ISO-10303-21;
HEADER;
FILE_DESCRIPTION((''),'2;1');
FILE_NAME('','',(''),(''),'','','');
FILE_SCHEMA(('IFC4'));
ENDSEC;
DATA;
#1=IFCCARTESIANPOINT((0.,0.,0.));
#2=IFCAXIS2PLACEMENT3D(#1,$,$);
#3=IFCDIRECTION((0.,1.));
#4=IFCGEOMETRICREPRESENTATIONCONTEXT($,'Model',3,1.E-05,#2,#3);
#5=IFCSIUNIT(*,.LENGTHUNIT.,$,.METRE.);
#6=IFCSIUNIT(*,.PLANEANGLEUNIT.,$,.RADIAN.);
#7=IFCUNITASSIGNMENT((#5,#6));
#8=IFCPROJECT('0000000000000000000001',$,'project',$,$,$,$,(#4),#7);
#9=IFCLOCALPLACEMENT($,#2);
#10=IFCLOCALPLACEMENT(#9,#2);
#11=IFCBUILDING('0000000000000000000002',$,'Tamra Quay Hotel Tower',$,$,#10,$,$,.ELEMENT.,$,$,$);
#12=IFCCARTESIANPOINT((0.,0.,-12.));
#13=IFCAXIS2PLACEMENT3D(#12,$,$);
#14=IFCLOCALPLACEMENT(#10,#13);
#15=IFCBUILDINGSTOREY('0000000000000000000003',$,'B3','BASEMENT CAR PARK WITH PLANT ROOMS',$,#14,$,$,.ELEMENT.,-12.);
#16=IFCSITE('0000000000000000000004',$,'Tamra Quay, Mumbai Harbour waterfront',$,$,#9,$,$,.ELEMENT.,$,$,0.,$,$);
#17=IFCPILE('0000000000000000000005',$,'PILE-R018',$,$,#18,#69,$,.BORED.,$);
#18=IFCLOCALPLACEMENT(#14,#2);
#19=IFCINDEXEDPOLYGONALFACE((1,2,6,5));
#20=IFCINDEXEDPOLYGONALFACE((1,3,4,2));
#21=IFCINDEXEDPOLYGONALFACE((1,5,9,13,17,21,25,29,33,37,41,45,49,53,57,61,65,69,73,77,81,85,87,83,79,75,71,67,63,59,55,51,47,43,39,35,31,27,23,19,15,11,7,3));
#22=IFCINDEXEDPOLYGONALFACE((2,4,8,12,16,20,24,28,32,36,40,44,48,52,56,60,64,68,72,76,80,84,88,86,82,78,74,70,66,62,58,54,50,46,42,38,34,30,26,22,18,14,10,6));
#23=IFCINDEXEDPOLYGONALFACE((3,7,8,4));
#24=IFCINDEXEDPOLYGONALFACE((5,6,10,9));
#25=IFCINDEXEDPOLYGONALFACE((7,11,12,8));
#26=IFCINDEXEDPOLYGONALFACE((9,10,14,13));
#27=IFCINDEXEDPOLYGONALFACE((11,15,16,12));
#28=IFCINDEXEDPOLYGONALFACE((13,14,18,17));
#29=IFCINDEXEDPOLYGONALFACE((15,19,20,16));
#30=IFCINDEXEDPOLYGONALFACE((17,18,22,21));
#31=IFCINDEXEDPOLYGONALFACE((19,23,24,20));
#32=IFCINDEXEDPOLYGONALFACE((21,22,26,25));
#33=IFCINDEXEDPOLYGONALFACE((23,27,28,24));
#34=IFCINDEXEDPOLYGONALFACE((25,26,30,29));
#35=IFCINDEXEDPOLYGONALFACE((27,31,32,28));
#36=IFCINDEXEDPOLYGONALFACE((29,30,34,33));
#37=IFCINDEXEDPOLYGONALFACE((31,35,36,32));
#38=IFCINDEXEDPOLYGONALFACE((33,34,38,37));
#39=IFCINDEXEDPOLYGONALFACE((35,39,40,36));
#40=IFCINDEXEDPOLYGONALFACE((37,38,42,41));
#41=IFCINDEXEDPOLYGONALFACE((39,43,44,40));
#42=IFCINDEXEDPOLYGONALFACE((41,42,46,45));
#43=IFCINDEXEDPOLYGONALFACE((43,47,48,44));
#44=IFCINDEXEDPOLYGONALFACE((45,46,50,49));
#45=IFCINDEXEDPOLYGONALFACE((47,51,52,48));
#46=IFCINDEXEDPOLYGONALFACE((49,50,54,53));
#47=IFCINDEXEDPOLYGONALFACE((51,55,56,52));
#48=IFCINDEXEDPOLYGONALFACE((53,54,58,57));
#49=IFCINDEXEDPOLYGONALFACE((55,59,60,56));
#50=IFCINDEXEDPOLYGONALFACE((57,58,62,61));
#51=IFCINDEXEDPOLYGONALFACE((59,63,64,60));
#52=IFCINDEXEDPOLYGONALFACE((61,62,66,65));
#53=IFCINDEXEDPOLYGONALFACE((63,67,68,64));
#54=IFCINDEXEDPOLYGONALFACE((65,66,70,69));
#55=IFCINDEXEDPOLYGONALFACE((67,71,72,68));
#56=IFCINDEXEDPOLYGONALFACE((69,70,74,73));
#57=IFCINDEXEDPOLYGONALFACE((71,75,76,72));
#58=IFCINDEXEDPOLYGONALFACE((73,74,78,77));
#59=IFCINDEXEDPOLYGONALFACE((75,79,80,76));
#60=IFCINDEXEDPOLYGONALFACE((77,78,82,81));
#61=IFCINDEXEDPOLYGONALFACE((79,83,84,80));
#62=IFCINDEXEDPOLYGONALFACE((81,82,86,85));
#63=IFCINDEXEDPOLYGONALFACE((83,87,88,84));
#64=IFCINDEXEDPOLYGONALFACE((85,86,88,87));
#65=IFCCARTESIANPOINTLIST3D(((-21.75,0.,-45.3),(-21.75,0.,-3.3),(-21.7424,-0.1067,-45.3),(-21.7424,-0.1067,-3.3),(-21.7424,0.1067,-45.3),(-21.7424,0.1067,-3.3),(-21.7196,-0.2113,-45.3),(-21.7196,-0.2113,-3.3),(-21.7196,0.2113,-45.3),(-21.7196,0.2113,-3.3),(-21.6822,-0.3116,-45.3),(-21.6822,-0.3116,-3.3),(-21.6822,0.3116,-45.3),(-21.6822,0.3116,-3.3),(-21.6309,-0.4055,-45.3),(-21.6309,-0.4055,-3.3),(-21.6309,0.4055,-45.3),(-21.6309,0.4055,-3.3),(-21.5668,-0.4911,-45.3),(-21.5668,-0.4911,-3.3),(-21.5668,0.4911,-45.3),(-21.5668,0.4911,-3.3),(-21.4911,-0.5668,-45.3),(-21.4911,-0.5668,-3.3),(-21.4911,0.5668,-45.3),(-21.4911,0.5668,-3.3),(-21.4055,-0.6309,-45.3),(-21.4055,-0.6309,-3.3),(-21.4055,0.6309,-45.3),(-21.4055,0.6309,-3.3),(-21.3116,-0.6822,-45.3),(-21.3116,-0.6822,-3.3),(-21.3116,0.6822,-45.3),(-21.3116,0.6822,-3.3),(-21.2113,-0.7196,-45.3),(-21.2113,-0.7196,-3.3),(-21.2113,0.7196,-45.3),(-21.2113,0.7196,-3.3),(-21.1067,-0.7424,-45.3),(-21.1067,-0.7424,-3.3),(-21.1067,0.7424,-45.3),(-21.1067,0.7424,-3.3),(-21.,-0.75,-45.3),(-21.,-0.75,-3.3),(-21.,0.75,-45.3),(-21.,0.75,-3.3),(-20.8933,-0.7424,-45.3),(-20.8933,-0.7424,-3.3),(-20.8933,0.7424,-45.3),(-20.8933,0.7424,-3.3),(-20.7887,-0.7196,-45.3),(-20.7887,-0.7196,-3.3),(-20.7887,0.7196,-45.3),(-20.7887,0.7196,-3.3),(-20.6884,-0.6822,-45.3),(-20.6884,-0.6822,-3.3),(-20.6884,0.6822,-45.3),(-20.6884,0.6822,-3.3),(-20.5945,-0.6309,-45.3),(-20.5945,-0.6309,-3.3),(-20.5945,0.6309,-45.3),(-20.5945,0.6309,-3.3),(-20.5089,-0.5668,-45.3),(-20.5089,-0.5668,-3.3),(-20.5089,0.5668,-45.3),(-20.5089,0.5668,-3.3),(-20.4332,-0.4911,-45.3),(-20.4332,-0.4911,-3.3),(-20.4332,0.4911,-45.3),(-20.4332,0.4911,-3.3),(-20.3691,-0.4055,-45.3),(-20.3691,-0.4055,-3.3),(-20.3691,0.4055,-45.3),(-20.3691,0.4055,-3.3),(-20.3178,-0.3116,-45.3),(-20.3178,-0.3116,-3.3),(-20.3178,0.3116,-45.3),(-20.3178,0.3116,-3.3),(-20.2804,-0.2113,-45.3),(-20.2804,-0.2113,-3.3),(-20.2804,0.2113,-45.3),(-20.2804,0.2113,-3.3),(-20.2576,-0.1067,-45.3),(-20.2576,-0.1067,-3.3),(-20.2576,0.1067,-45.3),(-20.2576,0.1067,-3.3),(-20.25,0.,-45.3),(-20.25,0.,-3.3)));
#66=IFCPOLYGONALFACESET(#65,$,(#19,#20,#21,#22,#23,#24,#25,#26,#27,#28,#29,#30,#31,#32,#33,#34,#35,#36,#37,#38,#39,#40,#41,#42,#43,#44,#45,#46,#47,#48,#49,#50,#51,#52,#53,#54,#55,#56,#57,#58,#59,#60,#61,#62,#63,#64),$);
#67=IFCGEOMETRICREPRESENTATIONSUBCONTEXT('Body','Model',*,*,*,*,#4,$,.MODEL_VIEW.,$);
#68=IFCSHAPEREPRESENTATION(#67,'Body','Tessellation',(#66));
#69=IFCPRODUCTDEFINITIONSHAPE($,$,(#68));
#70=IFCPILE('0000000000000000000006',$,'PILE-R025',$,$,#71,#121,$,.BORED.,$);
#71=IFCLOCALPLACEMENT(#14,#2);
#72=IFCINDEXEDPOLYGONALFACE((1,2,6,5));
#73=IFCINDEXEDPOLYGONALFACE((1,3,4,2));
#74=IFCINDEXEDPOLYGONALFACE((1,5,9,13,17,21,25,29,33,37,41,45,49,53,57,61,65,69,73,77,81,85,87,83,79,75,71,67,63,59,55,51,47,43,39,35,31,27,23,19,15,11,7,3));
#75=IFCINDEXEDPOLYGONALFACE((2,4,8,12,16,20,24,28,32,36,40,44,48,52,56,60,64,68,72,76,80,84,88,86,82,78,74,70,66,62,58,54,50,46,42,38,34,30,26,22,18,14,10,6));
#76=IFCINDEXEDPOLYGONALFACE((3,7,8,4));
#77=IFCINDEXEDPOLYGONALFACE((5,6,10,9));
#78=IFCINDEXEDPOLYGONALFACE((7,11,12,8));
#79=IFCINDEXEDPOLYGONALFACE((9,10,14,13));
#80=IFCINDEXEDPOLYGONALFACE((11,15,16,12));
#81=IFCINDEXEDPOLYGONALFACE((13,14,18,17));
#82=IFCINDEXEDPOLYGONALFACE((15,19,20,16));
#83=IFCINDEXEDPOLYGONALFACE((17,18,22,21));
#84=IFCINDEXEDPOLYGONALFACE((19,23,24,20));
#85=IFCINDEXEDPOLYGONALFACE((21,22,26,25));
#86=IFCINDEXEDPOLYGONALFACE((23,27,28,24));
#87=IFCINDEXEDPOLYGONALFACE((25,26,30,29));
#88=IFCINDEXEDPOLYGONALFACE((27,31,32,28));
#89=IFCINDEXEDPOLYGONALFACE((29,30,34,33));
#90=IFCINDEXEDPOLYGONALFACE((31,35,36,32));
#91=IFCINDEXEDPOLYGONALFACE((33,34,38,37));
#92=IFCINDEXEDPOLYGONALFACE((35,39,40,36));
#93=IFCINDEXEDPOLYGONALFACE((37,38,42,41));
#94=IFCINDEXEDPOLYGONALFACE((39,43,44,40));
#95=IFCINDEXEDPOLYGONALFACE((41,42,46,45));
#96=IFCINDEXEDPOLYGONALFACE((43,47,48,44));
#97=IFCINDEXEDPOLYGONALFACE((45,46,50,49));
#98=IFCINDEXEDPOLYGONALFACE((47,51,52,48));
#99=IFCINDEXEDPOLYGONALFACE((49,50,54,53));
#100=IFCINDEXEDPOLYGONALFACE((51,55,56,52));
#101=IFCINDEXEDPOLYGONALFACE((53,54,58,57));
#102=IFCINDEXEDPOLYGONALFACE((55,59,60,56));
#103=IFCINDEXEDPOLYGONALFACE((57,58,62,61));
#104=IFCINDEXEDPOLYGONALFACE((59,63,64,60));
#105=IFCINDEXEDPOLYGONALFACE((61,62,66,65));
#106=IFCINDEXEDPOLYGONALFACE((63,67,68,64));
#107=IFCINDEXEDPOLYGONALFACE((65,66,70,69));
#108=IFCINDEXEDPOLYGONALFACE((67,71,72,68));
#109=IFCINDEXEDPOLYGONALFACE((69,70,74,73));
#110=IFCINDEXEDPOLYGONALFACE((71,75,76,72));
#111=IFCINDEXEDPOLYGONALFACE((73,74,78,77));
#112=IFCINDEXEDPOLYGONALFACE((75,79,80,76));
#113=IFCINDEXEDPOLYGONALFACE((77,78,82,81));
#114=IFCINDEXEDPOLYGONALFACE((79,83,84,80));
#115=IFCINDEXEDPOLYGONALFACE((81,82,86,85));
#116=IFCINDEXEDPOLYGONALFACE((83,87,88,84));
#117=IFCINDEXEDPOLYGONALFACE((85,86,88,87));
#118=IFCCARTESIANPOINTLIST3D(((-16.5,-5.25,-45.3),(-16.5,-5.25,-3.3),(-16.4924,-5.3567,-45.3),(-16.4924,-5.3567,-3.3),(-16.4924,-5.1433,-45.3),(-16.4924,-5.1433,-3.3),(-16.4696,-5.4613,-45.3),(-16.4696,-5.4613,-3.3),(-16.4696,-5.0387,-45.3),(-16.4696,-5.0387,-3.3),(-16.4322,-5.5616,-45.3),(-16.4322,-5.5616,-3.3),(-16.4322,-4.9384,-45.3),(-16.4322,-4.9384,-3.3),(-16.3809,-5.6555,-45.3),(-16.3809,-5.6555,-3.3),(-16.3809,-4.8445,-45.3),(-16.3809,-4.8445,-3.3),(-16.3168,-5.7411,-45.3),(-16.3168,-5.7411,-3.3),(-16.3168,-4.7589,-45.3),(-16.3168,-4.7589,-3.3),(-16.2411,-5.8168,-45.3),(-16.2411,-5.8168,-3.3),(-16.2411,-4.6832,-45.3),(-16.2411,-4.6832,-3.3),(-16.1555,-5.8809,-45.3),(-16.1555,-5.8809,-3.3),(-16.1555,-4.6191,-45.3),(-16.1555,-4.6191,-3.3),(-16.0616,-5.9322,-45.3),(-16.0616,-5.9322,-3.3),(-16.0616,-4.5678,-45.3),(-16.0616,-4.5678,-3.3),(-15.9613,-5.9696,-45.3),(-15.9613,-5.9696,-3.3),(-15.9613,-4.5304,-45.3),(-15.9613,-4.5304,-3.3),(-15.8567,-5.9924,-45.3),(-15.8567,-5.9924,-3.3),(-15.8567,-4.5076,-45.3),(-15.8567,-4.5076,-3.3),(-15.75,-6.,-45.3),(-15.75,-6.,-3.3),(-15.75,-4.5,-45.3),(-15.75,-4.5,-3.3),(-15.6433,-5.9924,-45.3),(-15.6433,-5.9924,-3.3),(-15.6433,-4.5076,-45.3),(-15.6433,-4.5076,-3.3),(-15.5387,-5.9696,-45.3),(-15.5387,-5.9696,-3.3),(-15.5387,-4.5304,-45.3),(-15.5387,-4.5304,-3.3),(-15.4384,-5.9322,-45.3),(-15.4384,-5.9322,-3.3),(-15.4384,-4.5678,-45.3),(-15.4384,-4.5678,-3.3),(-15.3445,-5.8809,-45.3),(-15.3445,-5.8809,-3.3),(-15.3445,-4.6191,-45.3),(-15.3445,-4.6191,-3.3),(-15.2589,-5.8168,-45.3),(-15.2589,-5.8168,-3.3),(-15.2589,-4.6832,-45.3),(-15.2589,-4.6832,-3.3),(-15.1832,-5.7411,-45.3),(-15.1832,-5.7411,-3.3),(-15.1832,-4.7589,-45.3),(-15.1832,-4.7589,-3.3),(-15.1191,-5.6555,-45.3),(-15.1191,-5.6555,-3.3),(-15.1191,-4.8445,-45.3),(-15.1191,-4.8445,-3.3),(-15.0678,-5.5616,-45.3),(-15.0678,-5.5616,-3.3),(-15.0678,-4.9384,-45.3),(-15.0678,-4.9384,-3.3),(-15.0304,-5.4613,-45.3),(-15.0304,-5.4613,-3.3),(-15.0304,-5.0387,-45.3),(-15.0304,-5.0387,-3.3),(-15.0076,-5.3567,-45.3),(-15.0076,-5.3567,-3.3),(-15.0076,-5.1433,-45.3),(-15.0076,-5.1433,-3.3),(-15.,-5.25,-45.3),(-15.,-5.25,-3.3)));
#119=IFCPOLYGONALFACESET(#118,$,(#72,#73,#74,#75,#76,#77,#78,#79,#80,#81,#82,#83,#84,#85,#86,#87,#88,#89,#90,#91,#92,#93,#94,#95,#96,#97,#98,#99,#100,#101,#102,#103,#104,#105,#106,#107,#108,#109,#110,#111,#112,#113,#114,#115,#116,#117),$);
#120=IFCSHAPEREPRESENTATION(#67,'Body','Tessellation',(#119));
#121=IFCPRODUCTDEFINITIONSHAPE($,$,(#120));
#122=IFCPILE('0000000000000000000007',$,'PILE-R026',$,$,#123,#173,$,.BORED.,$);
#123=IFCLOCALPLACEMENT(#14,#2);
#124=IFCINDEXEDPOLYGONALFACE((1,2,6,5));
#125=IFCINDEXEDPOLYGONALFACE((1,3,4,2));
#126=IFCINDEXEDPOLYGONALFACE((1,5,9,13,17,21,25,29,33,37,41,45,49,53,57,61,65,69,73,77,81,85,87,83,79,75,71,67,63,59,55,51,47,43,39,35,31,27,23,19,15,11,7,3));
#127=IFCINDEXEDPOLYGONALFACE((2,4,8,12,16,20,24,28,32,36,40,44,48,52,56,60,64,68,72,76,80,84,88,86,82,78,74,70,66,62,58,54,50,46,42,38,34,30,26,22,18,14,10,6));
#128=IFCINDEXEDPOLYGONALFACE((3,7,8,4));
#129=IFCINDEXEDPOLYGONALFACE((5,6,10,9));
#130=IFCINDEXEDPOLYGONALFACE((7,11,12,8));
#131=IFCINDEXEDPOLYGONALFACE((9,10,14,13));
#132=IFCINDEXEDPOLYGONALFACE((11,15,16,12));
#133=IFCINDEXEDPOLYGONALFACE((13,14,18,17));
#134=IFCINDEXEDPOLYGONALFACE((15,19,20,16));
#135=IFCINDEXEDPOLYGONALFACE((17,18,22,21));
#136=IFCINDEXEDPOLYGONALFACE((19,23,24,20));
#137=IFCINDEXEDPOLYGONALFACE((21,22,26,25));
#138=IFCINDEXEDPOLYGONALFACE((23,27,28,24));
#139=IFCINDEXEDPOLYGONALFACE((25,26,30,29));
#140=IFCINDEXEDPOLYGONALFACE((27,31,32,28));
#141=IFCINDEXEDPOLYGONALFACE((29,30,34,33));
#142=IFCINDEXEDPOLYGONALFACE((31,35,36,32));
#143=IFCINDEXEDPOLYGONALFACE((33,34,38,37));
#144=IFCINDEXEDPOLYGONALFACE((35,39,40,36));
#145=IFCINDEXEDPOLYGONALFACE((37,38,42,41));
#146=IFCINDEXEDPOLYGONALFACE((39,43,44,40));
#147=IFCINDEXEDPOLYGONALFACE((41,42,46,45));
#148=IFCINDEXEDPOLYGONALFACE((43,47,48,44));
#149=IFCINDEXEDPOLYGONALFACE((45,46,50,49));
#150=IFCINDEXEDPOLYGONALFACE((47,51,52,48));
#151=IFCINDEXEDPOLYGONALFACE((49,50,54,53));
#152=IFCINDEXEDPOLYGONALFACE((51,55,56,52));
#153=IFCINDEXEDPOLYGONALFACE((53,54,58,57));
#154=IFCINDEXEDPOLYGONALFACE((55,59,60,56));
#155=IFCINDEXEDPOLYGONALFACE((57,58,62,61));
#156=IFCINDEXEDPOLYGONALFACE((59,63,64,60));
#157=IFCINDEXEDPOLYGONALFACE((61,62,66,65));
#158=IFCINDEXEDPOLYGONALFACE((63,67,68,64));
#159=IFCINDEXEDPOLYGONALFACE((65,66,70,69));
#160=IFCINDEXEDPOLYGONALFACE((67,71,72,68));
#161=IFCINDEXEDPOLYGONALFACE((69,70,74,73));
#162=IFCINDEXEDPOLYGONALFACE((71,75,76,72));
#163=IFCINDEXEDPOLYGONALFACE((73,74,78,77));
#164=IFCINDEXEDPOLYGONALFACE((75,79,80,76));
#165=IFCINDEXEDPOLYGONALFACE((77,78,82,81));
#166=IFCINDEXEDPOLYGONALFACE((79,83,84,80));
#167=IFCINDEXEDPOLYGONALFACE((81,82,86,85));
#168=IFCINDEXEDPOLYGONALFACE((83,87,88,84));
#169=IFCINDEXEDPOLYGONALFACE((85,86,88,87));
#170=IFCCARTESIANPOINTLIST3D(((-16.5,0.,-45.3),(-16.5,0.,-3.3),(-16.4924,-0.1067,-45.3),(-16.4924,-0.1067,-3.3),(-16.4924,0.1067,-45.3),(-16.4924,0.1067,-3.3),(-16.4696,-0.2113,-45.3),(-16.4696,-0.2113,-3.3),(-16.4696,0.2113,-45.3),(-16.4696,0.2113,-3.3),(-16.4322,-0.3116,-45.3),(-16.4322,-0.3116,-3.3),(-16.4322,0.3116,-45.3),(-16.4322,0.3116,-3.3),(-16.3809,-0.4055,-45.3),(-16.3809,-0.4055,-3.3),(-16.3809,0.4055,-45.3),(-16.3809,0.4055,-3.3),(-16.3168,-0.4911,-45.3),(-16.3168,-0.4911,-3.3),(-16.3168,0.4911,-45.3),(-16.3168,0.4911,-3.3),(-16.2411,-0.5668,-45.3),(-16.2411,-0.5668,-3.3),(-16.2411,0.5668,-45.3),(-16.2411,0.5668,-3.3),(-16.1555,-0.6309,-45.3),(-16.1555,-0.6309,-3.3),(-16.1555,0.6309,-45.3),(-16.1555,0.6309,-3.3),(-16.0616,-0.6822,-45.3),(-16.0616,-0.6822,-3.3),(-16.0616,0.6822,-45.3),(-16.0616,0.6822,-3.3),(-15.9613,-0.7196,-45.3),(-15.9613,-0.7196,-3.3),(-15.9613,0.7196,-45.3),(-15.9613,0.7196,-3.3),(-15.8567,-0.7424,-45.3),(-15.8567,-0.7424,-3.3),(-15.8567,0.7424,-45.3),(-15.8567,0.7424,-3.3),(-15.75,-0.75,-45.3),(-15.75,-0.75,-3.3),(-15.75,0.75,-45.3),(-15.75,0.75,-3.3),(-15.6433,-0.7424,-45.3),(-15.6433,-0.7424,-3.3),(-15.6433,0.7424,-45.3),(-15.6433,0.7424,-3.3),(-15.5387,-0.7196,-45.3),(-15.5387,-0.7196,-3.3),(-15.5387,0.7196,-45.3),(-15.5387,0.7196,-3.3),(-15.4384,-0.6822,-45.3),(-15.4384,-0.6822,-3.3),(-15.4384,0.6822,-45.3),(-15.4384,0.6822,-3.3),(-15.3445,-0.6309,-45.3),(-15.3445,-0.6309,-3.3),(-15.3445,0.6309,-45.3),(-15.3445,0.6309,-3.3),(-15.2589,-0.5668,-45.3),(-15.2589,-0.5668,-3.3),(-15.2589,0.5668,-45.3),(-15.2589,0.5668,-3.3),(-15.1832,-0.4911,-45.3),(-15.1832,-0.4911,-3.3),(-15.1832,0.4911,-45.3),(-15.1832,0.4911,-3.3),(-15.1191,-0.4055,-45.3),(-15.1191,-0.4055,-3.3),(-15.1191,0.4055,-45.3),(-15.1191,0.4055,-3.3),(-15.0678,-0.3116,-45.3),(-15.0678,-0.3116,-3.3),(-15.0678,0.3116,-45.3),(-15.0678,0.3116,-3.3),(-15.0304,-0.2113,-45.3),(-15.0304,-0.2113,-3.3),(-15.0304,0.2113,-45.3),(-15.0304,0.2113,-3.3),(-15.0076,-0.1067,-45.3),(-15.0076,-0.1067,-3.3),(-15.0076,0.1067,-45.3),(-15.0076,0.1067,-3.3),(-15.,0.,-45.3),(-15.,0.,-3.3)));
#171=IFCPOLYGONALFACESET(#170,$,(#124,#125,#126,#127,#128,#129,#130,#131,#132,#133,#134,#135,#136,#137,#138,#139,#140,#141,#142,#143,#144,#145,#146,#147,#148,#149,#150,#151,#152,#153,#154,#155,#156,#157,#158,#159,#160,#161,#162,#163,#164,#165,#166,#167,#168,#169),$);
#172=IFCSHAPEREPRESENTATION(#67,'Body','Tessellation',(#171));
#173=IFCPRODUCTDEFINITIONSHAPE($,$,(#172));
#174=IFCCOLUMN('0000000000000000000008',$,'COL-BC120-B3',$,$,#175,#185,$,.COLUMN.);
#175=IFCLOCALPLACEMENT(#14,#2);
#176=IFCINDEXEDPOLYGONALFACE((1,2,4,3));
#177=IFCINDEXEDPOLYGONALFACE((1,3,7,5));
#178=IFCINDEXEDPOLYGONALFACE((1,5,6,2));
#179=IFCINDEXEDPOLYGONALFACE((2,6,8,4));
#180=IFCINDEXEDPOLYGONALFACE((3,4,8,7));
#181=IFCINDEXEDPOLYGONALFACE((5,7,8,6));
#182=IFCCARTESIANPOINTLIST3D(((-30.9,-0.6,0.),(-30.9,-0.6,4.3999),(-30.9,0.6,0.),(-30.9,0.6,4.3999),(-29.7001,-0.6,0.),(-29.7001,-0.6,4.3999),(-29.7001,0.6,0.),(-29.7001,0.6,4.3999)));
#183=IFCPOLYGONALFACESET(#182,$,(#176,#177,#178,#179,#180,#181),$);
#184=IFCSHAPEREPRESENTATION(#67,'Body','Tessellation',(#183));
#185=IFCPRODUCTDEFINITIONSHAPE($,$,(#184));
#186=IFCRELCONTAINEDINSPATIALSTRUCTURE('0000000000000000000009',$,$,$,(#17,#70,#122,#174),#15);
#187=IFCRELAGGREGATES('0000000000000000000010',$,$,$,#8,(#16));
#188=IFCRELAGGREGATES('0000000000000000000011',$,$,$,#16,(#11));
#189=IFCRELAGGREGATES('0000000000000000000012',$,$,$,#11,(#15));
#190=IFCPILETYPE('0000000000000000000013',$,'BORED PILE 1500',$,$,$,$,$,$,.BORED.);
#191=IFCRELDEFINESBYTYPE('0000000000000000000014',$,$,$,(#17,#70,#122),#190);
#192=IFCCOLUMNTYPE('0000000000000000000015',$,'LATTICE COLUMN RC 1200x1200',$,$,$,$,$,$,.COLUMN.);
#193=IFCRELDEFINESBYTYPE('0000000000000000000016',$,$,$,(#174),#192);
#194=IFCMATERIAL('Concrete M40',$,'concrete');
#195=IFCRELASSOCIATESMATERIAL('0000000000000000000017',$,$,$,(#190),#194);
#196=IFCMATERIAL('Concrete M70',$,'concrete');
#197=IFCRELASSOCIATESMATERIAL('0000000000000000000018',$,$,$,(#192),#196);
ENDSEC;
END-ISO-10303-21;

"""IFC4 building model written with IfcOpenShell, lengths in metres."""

from ifc_helpers import new_model, si_unit, direction, frame, origin, origin_2d, place, context, subcontext, project, spatial, rectangle, circle, extrude, material, material_profile, profile_set, type_object, element, save


model = new_model("IFC4")

# Units and contexts
model_context = context("Model", 3, precision=1e-05, world=origin(), true_north=direction((0.0, 1.0)))
body_context = subcontext(model_context, "Body", "Model", "MODEL_VIEW")
ifc_project = project(units=[si_unit("LENGTHUNIT", "METRE"), si_unit("PLANEANGLEUNIT", "RADIAN")], contexts=[model_context])

# Site, building, storey
site_placement = place(None, origin())
site = spatial("IfcSite", under=ifc_project, at=site_placement, Name="Tamra Quay, Mumbai Harbour waterfront", CompositionType="ELEMENT", RefElevation=0.0)
building_placement = place(site_placement, origin())
building = spatial("IfcBuilding", under=site, at=building_placement, Name="Tamra Quay Hotel Tower", CompositionType="ELEMENT")
storey_placement = place(building_placement, frame((0.0, 0.0, -12.0)))
storey = spatial("IfcBuildingStorey", under=building, at=storey_placement, Name="B3", Description="BASEMENT CAR PARK WITH PLANT ROOMS", CompositionType="ELEMENT", Elevation=-12.0)

# Piles
ifc_material_1 = material(Name="Concrete M40", Category="concrete")
ifc_material_profile_1 = material_profile(ifc_material_1, circle(Radius=0.75, at=origin_2d()), Name="BORED PILE 1500")
ifc_profile_set_1 = profile_set([ifc_material_profile_1], Name="Concrete M40")
pile_type = type_object("IfcPileType", Name="BORED PILE 1500", PredefinedType="BORED", material=ifc_profile_set_1)
for number, where, z_axis, x_axis, name in (
    (1, (-21.0, 0.0, -3.3), (0.0, 0.0, -1.0), (1.0, 0.0, 0.0), "PILE-R018"),
    (2, (-15.75, -5.25, -3.3), (0.0, 0.0, -1.0), (1.0, 0.0, 0.0), "PILE-R025"),
    (3, (-15.75, 0.0, -3.3), (0.0, 0.0, -1.0), (1.0, 0.0, 0.0), "PILE-R026"),
):
    element("IfcPile", number, at=place(storey_placement, frame(where, z_axis=z_axis, x_axis=x_axis)), inside=storey, type_object=pile_type, Name=name, PredefinedType="BORED", context=body_context, shape_type="SweptSolid", body=[
        extrude(circle(Radius=0.75, at=origin_2d()), origin(), (0.0, 0.0, 1.0), 42.0),
    ])

# Column
ifc_material_2 = material(Name="Concrete M70", Category="concrete")
ifc_material_profile_2 = material_profile(ifc_material_2, rectangle(XDim=1.2, YDim=1.2, at=origin_2d()), Name="LATTICE COLUMN RC 1200x1200")
ifc_profile_set_2 = profile_set([ifc_material_profile_2], Name="Concrete M70")
column_type = type_object("IfcColumnType", Name="LATTICE COLUMN RC 1200x1200", PredefinedType="COLUMN", material=ifc_profile_set_2)
column_placement = place(storey_placement, frame((-30.3, 0.0, 0.0), z_axis=(0.0, 0.0, 1.0), x_axis=(1.0, 0.0, 0.0)))
element("IfcColumn", 4, at=column_placement, inside=storey, type_object=column_type, Name="COL-BC120-B3", PredefinedType="COLUMN", context=body_context, shape_type="SweptSolid", body=[
    extrude(rectangle(XDim=1.2, YDim=1.2, at=origin_2d()), origin(), (0.0, 0.0, 1.0), 4.3999),
])

save(model, "model.ifc")
